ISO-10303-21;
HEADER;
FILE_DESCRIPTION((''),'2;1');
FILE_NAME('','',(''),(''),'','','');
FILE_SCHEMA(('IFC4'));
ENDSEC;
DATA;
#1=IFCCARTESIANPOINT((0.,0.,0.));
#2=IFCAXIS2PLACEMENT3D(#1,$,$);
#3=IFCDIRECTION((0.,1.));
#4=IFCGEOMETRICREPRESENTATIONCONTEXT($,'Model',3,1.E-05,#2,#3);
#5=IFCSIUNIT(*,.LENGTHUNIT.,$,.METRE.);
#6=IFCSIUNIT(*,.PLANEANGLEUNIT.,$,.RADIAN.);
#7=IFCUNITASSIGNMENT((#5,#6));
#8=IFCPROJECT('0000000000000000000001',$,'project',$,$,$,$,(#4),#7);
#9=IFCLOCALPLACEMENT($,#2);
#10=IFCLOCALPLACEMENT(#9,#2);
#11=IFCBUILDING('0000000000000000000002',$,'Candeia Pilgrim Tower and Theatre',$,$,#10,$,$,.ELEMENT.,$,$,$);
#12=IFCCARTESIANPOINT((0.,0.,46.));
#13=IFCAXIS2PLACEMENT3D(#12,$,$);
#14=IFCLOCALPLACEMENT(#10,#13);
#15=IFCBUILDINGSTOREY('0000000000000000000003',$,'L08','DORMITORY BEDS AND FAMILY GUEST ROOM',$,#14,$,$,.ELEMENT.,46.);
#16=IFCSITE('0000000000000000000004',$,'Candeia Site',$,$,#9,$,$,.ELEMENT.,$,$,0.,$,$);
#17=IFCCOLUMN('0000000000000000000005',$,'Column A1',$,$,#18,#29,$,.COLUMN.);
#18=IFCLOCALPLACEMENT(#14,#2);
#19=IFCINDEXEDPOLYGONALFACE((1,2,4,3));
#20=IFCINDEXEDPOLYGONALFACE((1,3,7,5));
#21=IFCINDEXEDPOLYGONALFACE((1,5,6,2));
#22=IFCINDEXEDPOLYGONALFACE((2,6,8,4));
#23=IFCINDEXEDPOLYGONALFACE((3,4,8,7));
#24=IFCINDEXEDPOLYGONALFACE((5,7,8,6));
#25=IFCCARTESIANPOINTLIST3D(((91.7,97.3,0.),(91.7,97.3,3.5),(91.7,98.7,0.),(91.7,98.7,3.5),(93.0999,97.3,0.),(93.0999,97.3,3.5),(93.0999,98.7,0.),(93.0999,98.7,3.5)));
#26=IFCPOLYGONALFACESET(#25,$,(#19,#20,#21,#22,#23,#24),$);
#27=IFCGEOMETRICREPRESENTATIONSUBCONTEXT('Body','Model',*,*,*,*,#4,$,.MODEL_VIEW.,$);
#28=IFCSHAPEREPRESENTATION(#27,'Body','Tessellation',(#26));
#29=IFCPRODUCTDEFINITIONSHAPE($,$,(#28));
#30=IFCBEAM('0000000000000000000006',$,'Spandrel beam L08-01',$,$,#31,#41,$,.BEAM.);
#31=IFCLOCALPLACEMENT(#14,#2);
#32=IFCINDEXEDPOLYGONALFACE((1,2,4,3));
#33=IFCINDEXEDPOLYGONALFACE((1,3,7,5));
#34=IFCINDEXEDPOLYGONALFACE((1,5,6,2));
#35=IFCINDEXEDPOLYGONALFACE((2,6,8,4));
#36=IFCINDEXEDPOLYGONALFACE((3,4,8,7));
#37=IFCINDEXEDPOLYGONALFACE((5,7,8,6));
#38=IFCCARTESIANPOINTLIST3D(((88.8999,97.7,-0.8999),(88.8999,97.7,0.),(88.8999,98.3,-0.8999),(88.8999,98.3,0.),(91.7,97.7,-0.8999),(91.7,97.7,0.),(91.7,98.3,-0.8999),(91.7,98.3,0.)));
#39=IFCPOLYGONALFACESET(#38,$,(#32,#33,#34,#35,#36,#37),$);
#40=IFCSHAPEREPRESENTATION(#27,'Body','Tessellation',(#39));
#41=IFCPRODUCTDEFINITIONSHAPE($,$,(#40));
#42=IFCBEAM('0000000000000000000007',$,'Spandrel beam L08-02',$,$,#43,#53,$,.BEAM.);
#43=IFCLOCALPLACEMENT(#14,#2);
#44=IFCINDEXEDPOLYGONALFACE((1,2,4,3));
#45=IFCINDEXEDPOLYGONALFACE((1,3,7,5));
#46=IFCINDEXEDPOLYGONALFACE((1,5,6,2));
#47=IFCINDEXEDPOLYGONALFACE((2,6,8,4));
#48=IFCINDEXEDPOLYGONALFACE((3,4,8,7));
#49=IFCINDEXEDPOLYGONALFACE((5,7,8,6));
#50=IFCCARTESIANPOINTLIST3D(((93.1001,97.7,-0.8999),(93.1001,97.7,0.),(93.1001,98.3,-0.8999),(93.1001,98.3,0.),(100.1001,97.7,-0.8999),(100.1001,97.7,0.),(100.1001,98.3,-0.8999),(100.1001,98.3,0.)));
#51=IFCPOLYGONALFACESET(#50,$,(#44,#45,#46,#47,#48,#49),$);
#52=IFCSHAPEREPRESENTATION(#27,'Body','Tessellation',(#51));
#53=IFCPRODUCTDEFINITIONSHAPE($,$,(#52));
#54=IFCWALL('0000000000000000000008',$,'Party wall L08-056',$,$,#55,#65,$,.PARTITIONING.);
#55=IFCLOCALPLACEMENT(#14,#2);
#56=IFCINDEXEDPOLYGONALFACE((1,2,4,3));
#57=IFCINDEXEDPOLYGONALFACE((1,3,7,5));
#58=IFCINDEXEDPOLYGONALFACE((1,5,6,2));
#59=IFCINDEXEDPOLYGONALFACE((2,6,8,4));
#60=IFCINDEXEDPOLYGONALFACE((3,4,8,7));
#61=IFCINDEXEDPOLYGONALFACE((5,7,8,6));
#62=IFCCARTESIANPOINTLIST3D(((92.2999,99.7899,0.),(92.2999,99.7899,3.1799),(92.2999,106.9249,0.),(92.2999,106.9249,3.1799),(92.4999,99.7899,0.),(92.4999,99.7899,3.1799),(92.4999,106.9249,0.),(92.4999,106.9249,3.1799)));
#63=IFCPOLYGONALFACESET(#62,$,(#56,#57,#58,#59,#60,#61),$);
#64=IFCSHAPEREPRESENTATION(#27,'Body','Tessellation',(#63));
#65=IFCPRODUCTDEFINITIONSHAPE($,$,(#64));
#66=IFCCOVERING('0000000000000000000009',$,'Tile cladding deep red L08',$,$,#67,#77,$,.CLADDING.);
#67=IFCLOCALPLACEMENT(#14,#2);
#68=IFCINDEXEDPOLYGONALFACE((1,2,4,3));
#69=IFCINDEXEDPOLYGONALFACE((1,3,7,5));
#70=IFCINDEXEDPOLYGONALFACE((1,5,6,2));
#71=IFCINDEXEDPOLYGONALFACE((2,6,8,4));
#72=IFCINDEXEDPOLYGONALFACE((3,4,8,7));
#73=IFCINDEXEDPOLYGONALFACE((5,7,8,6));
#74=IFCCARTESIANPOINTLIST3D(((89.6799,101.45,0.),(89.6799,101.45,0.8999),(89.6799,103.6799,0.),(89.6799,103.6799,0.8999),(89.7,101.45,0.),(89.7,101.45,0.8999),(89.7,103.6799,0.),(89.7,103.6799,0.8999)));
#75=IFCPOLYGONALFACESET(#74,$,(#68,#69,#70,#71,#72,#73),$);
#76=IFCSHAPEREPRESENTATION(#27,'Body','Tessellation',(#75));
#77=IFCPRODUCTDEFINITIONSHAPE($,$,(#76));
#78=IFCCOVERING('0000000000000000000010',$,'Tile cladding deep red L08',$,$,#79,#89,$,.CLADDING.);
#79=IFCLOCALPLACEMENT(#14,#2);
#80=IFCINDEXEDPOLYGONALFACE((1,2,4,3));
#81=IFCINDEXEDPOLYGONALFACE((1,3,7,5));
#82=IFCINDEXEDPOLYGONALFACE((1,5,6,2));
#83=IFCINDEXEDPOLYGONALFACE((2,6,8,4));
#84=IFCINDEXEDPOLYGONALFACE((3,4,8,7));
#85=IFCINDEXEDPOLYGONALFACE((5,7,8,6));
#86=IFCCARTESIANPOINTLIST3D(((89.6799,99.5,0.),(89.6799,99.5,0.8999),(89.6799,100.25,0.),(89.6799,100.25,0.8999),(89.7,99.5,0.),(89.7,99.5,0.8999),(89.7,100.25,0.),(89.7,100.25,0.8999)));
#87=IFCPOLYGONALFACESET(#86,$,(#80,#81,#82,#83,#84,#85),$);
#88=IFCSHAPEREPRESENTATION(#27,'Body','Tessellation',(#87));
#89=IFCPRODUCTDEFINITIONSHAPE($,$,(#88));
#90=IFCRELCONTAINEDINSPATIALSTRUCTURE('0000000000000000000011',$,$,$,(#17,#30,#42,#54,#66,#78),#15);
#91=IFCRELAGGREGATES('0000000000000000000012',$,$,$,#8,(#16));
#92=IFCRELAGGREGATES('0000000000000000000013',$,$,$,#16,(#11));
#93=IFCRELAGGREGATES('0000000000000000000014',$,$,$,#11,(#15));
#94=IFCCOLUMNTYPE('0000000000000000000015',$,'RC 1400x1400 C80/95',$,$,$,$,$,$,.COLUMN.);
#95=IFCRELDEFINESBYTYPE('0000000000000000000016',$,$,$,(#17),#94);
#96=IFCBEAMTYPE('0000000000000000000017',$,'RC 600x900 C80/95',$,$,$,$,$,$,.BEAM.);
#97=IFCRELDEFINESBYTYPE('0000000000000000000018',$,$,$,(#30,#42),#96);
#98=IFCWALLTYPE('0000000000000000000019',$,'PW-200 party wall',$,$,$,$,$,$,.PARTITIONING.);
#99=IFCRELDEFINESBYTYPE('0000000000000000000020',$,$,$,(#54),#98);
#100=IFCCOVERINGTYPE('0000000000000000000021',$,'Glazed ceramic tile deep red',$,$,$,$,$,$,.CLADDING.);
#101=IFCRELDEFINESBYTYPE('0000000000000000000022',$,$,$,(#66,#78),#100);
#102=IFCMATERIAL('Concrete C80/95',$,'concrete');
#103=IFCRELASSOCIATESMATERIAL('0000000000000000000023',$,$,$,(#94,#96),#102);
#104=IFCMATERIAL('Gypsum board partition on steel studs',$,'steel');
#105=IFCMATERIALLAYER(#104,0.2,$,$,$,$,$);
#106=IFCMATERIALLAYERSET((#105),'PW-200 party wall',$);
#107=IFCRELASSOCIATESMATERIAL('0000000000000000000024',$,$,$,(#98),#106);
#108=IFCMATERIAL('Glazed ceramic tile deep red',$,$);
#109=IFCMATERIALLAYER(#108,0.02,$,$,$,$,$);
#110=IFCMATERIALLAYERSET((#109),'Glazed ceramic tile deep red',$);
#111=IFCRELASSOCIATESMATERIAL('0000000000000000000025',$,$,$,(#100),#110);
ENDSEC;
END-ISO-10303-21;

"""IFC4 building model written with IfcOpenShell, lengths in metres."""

from ifc_helpers import new_model, si_unit, direction, frame, frame_2d, origin, origin_2d, place, context, subcontext, project, spatial, rectangle, extrude, material, layer, layer_set, material_profile, profile_set, type_object, element, save


model = new_model("IFC4")

# Units and contexts
model_context = context("Model", 3, precision=1e-05, world=origin(), true_north=direction((0.0, 1.0)))
body_context = subcontext(model_context, "Body", "Model", "MODEL_VIEW")
ifc_project = project(units=[si_unit("LENGTHUNIT", "METRE"), si_unit("PLANEANGLEUNIT", "RADIAN")], contexts=[model_context])

# Site, building, storey
site_placement = place(None, origin())
site = spatial("IfcSite", under=ifc_project, at=site_placement, Name="Candeia Site", CompositionType="ELEMENT", RefElevation=0.0)
building_placement = place(site_placement, origin())
building = spatial("IfcBuilding", under=site, at=building_placement, Name="Candeia Pilgrim Tower and Theatre", CompositionType="ELEMENT")
storey_placement = place(building_placement, frame((0.0, 0.0, 46.0)))
storey = spatial("IfcBuildingStorey", under=building, at=storey_placement, Name="L08", Description="DORMITORY BEDS AND FAMILY GUEST ROOM", CompositionType="ELEMENT", Elevation=46.0)

# Column
ifc_material_1 = material(Name="Concrete C80/95", Category="concrete")
ifc_material_profile_1 = material_profile(ifc_material_1, rectangle(XDim=1.3999, YDim=1.3999, at=origin_2d()))
ifc_profile_set_1 = profile_set([ifc_material_profile_1], Name="Concrete C80/95")
column_type = type_object("IfcColumnType", Name="RC 1400x1400 C80/95", PredefinedType="COLUMN", material=ifc_profile_set_1)
column_placement = place(storey_placement, frame((92.3999, 98.0, 0.0), z_axis=(0.0, 0.0, 1.0), x_axis=(1.0, 0.0, 0.0)))
element("IfcColumn", 1, at=column_placement, inside=storey, type_object=column_type, Name="Column A1", PredefinedType="COLUMN", context=body_context, shape_type="SweptSolid", body=[
    extrude(rectangle(XDim=1.3999, YDim=1.3999, at=origin_2d()), origin(), (0.0, 0.0, 1.0), 3.5),
])

# Beams
ifc_material_profile_2 = material_profile(ifc_material_1, rectangle(XDim=0.6001, YDim=0.8999, at=origin_2d()))
ifc_profile_set_2 = profile_set([ifc_material_profile_2], Name="Concrete C80/95")
beam_type = type_object("IfcBeamType", Name="RC 600x900 C80/95", PredefinedType="BEAM", material=ifc_profile_set_2)
beam_1_placement = place(storey_placement, frame((88.8999, 98.0, -0.45), z_axis=(1.0, 0.0, 0.0), x_axis=(0.0, 1.0, 0.0)))
element("IfcBeam", 2, at=beam_1_placement, inside=storey, type_object=beam_type, Name="Spandrel beam L08-01", PredefinedType="BEAM", context=body_context, shape_type="SweptSolid", body=[
    extrude(rectangle(XDim=0.6001, YDim=0.8999, at=origin_2d()), origin(), (0.0, 0.0, 1.0), 2.8),
])
beam_2_placement = place(storey_placement, frame((93.1001, 98.0, -0.45), z_axis=(1.0, 0.0, 0.0), x_axis=(0.0, 1.0, 0.0)))
element("IfcBeam", 3, at=beam_2_placement, inside=storey, type_object=beam_type, Name="Spandrel beam L08-02", PredefinedType="BEAM", context=body_context, shape_type="SweptSolid", body=[
    extrude(rectangle(XDim=0.6001, YDim=0.8999, at=origin_2d()), origin(), (0.0, 0.0, 1.0), 7.0),
])

# Wall
ifc_material_2 = material(Name="Gypsum board partition on steel studs", Category="steel")
ifc_layer_1 = layer(ifc_material_2, 0.2)
ifc_layer_set_1 = layer_set([ifc_layer_1], Name="PW-200 party wall")
wall_type_1 = type_object("IfcWallType", Name="PW-200 party wall", PredefinedType="PARTITIONING", material=ifc_layer_set_1)
wall_1_placement = place(storey_placement, frame((92.3999, 99.79, 0.0), z_axis=(0.0, 0.0, 1.0), x_axis=(0.0, 1.0, 0.0)))
element("IfcWall", 4, at=wall_1_placement, inside=storey, type_object=wall_type_1, Name="Party wall L08-056", PredefinedType="PARTITIONING", context=body_context, shape_type="SweptSolid", body=[
    extrude(rectangle(XDim=7.135, YDim=0.2, at=frame_2d((3.5674, 0.0))), origin(), (0.0, 0.0, 1.0), 3.1799),
])

# Coverings
ifc_material_3 = material(Name="Glazed ceramic tile deep red")
ifc_layer_2 = layer(ifc_material_3, 0.02)
ifc_layer_set_2 = layer_set([ifc_layer_2], Name="Glazed ceramic tile deep red")
covering_type = type_object("IfcCoveringType", Name="Glazed ceramic tile deep red", PredefinedType="CLADDING", material=ifc_layer_set_2)
covering_1_placement = place(storey_placement, frame((89.6899, 102.5649, 0.0), z_axis=(0.0, 0.0, 1.0), x_axis=(0.0, -1.0, 0.0)))
element("IfcCovering", 5, at=covering_1_placement, inside=storey, type_object=covering_type, Name="Tile cladding deep red L08", PredefinedType="CLADDING", context=body_context, shape_type="SweptSolid", body=[
    extrude(rectangle(XDim=2.23, YDim=0.02, at=origin_2d()), origin(), (0.0, 0.0, 1.0), 0.8999),
])
covering_2_placement = place(storey_placement, frame((89.6899, 99.875, 0.0), z_axis=(0.0, 0.0, 1.0), x_axis=(0.0, -1.0, 0.0)))
element("IfcCovering", 6, at=covering_2_placement, inside=storey, type_object=covering_type, Name="Tile cladding deep red L08", PredefinedType="CLADDING", context=body_context, shape_type="SweptSolid", body=[
    extrude(rectangle(XDim=0.75, YDim=0.02, at=origin_2d()), origin(), (0.0, 0.0, 1.0), 0.8999),
])

save(model, "model.ifc")
